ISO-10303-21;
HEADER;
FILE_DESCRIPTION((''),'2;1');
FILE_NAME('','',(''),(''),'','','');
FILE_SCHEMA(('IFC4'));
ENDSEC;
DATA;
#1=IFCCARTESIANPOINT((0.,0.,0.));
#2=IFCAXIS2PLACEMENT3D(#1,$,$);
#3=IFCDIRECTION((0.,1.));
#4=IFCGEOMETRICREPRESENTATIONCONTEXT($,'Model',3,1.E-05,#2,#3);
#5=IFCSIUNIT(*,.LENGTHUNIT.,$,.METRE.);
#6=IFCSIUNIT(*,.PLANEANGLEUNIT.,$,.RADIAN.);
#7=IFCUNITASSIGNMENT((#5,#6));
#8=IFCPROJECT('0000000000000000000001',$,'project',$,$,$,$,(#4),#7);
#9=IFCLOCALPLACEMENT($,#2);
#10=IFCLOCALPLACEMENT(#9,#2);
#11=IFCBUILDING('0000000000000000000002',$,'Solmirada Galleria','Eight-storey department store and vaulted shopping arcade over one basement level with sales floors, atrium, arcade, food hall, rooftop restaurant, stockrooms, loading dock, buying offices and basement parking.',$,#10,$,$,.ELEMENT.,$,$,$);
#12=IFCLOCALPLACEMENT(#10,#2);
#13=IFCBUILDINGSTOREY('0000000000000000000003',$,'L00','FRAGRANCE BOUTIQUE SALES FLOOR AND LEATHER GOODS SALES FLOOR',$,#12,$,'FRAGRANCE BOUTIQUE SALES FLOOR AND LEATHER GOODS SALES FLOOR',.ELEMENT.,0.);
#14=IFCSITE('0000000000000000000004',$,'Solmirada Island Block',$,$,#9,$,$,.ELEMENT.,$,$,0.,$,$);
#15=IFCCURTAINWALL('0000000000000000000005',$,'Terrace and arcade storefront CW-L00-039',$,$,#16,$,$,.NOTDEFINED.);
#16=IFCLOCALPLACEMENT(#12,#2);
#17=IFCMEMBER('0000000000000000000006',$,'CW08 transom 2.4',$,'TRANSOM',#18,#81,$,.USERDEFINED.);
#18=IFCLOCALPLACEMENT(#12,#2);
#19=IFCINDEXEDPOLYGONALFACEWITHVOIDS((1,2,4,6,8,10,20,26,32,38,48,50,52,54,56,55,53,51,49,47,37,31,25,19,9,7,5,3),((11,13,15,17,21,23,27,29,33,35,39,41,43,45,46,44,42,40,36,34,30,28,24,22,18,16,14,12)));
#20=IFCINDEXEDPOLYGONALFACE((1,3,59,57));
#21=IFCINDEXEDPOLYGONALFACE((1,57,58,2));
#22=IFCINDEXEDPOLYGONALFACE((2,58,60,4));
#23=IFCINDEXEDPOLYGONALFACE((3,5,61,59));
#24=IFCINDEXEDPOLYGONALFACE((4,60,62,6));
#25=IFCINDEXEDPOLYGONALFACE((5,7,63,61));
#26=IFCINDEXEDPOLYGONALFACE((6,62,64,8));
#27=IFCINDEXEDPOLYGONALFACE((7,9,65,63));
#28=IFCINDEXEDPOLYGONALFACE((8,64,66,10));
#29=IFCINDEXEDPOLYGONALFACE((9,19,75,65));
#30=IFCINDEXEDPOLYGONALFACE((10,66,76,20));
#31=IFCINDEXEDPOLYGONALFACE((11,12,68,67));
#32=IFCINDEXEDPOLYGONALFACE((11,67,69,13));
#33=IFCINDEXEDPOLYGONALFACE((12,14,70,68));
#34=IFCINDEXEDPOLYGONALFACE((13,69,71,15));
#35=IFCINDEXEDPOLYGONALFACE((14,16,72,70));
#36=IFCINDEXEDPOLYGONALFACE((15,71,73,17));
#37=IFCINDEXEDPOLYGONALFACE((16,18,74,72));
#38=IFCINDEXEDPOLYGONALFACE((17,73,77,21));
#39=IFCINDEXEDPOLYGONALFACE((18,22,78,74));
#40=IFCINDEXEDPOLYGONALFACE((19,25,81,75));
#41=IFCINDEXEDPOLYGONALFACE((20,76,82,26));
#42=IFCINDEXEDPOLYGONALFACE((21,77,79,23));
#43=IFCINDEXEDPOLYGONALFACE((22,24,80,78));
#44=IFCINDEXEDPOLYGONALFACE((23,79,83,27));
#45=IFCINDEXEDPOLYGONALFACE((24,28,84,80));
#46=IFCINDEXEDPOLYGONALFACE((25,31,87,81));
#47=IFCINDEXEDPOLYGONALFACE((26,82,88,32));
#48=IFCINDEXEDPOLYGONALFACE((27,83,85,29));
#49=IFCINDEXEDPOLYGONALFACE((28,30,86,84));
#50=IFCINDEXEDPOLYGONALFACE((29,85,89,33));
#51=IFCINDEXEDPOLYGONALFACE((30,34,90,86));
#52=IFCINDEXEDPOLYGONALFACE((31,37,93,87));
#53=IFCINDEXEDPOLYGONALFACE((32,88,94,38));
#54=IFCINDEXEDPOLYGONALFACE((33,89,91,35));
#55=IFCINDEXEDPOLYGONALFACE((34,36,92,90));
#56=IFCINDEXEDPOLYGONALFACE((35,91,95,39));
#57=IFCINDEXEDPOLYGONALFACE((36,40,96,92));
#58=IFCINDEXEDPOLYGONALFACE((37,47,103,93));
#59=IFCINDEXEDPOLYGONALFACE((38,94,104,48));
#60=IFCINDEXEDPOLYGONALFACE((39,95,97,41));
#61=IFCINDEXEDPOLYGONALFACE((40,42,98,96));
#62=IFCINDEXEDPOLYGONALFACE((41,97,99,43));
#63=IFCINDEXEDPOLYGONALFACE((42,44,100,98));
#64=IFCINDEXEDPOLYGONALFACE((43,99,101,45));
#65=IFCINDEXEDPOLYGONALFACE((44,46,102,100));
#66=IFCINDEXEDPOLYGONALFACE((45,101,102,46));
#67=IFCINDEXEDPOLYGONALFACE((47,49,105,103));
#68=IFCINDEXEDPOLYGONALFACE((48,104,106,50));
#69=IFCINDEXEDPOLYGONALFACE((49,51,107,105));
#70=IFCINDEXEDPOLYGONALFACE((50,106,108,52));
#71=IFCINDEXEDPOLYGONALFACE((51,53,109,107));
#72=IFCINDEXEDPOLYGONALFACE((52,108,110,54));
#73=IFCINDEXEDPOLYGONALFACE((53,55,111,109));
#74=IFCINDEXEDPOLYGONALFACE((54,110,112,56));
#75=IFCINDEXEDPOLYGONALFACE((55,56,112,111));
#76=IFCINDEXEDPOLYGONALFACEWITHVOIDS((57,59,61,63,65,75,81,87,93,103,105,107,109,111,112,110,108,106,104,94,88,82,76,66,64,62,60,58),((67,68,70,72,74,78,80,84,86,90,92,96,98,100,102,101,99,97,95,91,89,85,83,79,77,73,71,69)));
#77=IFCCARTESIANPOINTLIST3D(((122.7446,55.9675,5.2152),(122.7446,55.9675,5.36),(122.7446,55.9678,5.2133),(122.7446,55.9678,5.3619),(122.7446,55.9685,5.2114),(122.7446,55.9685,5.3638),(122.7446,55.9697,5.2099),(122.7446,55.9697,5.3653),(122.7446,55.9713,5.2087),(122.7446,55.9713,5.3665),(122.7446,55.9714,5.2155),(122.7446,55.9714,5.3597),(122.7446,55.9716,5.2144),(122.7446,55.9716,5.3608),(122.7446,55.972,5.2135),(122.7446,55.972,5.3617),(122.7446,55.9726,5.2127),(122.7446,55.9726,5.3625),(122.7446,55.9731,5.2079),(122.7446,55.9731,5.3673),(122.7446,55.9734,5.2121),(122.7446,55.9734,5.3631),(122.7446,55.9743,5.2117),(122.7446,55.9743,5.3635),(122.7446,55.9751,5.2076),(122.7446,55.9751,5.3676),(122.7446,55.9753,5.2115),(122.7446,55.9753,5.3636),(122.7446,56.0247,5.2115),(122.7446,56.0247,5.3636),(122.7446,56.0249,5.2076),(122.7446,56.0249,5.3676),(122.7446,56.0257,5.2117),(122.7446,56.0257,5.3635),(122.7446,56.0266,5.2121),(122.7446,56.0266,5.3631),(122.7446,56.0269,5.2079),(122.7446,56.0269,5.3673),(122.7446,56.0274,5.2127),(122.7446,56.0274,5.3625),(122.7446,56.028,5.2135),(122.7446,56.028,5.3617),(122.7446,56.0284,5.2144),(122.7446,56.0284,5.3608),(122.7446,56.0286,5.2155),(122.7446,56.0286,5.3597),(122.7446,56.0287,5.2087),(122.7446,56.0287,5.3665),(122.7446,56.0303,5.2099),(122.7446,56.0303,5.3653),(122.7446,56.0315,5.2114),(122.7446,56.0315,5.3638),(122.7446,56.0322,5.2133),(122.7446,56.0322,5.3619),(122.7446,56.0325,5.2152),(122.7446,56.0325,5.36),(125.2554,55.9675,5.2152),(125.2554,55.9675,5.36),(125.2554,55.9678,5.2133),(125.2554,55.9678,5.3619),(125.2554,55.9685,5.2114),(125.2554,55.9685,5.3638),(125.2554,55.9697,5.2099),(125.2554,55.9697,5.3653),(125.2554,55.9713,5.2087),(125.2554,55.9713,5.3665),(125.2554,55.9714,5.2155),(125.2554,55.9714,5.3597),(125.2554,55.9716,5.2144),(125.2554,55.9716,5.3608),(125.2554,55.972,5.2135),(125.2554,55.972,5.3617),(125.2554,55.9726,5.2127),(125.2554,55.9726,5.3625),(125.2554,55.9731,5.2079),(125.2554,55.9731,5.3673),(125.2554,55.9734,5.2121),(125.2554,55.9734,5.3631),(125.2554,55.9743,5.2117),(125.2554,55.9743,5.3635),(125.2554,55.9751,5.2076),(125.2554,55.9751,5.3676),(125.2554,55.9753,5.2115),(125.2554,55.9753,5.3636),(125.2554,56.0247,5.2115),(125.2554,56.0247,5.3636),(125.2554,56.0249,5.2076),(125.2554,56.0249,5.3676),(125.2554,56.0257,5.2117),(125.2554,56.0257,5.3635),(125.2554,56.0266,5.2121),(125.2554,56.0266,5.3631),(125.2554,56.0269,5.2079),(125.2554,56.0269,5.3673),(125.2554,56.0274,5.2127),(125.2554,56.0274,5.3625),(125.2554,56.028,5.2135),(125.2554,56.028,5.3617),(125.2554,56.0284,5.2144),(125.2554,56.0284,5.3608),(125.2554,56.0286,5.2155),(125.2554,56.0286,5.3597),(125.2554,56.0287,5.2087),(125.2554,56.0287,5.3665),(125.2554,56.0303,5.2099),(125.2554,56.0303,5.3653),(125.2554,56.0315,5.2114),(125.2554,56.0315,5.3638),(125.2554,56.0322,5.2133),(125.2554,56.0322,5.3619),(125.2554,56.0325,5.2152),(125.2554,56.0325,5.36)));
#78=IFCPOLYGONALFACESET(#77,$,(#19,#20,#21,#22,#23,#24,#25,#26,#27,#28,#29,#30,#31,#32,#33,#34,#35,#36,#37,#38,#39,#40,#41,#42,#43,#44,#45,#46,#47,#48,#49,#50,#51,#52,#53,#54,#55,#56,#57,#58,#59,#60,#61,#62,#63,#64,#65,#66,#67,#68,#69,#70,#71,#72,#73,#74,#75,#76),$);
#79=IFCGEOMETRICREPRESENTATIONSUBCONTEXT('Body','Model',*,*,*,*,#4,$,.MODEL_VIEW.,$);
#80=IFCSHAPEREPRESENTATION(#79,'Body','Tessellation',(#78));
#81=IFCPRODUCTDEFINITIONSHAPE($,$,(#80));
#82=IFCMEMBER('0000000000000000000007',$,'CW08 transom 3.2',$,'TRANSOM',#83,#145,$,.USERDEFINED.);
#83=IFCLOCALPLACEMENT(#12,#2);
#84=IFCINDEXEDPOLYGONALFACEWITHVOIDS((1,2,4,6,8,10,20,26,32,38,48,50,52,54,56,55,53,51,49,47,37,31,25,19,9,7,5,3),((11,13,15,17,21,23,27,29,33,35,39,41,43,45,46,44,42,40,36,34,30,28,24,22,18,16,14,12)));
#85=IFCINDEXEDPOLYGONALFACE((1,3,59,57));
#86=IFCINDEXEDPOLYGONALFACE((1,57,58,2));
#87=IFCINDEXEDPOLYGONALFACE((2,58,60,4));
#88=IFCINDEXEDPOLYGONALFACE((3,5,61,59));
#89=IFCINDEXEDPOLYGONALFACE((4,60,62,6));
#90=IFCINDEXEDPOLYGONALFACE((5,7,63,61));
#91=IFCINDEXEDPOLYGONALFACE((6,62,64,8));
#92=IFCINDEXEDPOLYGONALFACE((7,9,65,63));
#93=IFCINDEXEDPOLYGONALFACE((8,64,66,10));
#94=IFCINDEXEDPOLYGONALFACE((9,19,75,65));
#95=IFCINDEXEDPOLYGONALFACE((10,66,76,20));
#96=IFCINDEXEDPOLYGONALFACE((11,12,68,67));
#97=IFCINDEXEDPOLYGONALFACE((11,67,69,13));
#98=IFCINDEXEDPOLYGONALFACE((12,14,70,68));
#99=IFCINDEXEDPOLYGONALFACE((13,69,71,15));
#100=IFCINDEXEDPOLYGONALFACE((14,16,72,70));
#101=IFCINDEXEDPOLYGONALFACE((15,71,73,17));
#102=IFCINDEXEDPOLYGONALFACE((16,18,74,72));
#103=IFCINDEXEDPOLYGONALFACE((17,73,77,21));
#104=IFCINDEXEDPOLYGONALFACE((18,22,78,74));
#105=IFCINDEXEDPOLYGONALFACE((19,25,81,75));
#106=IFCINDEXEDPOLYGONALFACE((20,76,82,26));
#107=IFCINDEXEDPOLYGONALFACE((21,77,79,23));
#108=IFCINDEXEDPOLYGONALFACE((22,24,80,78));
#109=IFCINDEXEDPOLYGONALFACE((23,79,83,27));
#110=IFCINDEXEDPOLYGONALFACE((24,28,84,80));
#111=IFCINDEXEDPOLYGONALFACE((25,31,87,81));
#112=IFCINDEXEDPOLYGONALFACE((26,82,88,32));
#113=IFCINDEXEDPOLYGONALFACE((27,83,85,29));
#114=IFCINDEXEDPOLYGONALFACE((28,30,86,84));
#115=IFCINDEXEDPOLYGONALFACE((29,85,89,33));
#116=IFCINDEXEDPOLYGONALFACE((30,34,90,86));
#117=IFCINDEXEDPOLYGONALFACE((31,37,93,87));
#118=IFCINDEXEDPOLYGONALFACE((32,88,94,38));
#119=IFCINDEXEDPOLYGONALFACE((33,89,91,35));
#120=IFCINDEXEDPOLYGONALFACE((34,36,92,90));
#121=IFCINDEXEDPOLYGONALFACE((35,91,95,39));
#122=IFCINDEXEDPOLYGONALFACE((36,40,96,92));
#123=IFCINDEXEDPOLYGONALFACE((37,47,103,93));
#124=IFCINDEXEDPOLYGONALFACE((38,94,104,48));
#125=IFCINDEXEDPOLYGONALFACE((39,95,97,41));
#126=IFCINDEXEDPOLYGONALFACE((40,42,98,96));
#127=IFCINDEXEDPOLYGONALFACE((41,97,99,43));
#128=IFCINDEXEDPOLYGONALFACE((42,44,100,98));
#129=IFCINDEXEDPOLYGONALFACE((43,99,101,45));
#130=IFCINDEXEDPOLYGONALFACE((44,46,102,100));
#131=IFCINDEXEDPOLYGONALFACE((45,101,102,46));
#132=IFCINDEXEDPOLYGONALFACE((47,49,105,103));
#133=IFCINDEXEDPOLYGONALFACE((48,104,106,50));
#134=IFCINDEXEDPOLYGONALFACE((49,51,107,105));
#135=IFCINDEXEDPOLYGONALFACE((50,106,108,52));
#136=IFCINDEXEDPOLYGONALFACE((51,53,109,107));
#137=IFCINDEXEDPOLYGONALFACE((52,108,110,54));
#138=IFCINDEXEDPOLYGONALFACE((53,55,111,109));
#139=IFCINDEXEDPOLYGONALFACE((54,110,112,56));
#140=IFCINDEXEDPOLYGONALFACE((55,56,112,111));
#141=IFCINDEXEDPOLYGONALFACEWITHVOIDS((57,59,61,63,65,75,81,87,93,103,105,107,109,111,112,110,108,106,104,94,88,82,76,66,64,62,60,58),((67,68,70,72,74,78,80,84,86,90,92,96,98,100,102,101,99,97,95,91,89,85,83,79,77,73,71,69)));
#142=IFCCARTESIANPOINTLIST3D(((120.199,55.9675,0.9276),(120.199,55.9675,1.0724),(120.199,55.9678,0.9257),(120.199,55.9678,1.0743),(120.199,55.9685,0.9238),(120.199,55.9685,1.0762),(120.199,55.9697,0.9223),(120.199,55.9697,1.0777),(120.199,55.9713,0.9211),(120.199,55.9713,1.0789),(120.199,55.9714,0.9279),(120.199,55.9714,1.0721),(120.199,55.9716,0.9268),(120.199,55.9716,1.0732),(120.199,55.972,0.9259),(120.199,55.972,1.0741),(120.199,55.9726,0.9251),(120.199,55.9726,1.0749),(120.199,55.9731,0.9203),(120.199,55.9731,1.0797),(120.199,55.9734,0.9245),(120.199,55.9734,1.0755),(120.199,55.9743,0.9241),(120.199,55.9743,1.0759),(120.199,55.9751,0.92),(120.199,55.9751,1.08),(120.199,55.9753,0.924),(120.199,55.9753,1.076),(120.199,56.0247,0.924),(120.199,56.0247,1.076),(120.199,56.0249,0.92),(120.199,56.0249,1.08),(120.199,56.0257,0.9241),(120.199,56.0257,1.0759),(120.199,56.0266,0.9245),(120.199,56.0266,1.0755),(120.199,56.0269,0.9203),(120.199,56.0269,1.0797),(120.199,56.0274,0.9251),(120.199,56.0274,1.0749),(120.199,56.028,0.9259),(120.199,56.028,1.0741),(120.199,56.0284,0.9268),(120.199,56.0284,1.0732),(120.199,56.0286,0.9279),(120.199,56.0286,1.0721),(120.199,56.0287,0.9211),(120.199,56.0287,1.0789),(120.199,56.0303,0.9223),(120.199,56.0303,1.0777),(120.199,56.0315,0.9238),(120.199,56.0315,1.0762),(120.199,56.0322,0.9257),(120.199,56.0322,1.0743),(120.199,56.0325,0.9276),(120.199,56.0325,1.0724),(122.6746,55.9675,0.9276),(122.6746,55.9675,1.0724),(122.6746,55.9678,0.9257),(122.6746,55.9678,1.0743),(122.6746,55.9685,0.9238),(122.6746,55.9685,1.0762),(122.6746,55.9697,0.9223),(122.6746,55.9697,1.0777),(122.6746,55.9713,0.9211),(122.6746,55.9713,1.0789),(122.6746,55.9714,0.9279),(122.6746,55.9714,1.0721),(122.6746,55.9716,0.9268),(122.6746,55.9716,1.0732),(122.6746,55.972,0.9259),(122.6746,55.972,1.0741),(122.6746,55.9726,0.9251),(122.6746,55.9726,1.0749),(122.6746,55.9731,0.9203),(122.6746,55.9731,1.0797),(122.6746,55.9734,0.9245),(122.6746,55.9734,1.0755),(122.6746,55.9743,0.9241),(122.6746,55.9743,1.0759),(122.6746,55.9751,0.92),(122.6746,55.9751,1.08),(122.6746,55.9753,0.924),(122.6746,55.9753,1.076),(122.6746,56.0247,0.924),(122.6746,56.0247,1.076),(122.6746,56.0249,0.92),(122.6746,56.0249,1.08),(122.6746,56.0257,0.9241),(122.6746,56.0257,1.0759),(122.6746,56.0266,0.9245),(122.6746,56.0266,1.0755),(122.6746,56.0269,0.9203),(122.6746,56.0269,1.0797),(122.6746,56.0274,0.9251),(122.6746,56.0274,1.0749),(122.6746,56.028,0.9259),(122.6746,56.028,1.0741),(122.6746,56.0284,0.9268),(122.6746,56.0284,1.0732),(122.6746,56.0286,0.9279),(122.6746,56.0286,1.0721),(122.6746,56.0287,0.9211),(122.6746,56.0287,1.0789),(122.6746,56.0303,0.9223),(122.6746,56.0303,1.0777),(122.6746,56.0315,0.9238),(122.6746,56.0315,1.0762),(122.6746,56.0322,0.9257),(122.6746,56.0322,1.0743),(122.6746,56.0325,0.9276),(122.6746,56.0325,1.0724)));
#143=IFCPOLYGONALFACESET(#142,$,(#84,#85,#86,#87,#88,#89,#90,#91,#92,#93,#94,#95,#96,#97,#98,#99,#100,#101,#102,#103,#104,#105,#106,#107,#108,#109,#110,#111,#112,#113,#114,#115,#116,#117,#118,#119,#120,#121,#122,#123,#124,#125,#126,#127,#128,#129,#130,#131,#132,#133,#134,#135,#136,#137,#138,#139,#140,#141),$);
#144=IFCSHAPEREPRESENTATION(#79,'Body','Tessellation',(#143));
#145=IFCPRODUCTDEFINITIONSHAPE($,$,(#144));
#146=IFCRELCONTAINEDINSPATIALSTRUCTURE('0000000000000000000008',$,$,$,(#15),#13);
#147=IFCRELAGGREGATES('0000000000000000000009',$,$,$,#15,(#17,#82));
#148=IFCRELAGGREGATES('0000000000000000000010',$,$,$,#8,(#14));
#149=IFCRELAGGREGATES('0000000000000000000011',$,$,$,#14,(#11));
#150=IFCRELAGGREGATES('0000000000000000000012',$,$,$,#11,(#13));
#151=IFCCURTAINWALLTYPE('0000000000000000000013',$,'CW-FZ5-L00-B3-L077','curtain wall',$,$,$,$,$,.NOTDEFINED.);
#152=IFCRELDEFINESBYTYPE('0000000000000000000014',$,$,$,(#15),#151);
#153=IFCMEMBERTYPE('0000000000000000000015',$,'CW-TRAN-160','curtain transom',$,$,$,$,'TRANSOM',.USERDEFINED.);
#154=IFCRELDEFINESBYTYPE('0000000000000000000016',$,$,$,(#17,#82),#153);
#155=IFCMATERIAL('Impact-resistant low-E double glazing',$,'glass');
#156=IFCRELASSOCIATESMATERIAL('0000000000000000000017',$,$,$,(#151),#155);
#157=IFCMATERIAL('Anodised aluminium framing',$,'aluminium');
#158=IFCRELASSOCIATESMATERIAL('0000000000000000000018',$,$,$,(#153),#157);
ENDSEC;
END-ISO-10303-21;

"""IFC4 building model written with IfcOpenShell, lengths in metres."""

from ifc_helpers import new_model, si_unit, direction, frame, origin, origin_2d, place, context, subcontext, project, spatial, hollow_rectangle, extrude, material, material_profile, profile_set, type_object, element, aggregate, save


model = new_model("IFC4")

# Units and contexts
model_context = context("Model", 3, precision=1e-05, world=origin(), true_north=direction((0.0, 1.0)))
body_context = subcontext(model_context, "Body", "Model", "MODEL_VIEW")
ifc_project = project(units=[si_unit("LENGTHUNIT", "METRE"), si_unit("PLANEANGLEUNIT", "RADIAN")], contexts=[model_context])

# Site, building, storey
site_placement = place(None, origin())
site = spatial("IfcSite", under=ifc_project, at=site_placement, Name="Solmirada Island Block", CompositionType="ELEMENT", RefElevation=0.0)
building_placement = place(site_placement, origin())
building = spatial("IfcBuilding", under=site, at=building_placement, Name="Solmirada Galleria", Description="Eight-storey department store and vaulted shopping arcade over one basement level with sales floors, atrium, arcade, food hall, rooftop restaurant, stockrooms, loading dock, buying offices and basement parking.", CompositionType="ELEMENT")
storey_placement = place(building_placement, origin())
storey = spatial("IfcBuildingStorey", under=building, at=storey_placement, Name="L00", Description="FRAGRANCE BOUTIQUE SALES FLOOR AND LEATHER GOODS SALES FLOOR", LongName="FRAGRANCE BOUTIQUE SALES FLOOR AND LEATHER GOODS SALES FLOOR", CompositionType="ELEMENT", Elevation=0.0)

# Curtain wall
ifc_material_1 = material(Name="Impact-resistant low-E double glazing", Category="glass")
curtain_wall_type = type_object("IfcCurtainWallType", Name="CW-FZ5-L00-B3-L077", Description="curtain wall", PredefinedType="NOTDEFINED", material=ifc_material_1)
ifc_material_2 = material(Name="Anodised aluminium framing", Category="aluminium")
curtain_wall_1_placement = place(storey_placement, origin())
curtain_wall_1 = element("IfcCurtainWall", 1, at=curtain_wall_1_placement, inside=storey, type_object=curtain_wall_type, Name="Terrace and arcade storefront CW-L00-039", PredefinedType="NOTDEFINED")

# Members
ifc_material_profile_1 = material_profile(ifc_material_2, hollow_rectangle(XDim=0.0649, YDim=0.1599, WallThickness=0.0039, InnerFilletRadius=0.0039, OuterFilletRadius=0.0076, at=origin_2d()), Name="ALU-TRAN-160X65")
ifc_profile_set_1 = profile_set([ifc_material_profile_1], Name="Anodised aluminium framing")
member_type_1 = type_object("IfcMemberType", Name="CW-TRAN-160", Description="curtain transom", ElementType="TRANSOM", PredefinedType="USERDEFINED", material=ifc_profile_set_1)
member_1_placement = place(storey_placement, frame((125.2554, 56.0, 5.2876), z_axis=(-1.0, 0.0, 0.0), x_axis=(0.0, -1.0, 0.0)))
member_1 = element("IfcMember", 2, at=member_1_placement, type_object=member_type_1, Name="CW08 transom 2.4", ObjectType="TRANSOM", PredefinedType="USERDEFINED", context=body_context, shape_type="SweptSolid", body=[
    extrude(hollow_rectangle(XDim=0.0649, YDim=0.1599, WallThickness=0.0039, InnerFilletRadius=0.0039, OuterFilletRadius=0.0076, at=origin_2d()), origin(), (0.0, 0.0, 1.0), 2.5107),
])
member_2_placement = place(storey_placement, frame((122.6746, 56.0, 1.0), z_axis=(-1.0, 0.0, 0.0), x_axis=(0.0, -1.0, 0.0)))
member_2 = element("IfcMember", 3, at=member_2_placement, type_object=member_type_1, Name="CW08 transom 3.2", ObjectType="TRANSOM", PredefinedType="USERDEFINED", context=body_context, shape_type="SweptSolid", body=[
    extrude(hollow_rectangle(XDim=0.0649, YDim=0.1599, WallThickness=0.0039, InnerFilletRadius=0.0039, OuterFilletRadius=0.0076, at=origin_2d()), origin(), (0.0, 0.0, 1.0), 2.4756),
])

aggregate(curtain_wall_1, [member_1, member_2])

save(model, "model.ifc")
